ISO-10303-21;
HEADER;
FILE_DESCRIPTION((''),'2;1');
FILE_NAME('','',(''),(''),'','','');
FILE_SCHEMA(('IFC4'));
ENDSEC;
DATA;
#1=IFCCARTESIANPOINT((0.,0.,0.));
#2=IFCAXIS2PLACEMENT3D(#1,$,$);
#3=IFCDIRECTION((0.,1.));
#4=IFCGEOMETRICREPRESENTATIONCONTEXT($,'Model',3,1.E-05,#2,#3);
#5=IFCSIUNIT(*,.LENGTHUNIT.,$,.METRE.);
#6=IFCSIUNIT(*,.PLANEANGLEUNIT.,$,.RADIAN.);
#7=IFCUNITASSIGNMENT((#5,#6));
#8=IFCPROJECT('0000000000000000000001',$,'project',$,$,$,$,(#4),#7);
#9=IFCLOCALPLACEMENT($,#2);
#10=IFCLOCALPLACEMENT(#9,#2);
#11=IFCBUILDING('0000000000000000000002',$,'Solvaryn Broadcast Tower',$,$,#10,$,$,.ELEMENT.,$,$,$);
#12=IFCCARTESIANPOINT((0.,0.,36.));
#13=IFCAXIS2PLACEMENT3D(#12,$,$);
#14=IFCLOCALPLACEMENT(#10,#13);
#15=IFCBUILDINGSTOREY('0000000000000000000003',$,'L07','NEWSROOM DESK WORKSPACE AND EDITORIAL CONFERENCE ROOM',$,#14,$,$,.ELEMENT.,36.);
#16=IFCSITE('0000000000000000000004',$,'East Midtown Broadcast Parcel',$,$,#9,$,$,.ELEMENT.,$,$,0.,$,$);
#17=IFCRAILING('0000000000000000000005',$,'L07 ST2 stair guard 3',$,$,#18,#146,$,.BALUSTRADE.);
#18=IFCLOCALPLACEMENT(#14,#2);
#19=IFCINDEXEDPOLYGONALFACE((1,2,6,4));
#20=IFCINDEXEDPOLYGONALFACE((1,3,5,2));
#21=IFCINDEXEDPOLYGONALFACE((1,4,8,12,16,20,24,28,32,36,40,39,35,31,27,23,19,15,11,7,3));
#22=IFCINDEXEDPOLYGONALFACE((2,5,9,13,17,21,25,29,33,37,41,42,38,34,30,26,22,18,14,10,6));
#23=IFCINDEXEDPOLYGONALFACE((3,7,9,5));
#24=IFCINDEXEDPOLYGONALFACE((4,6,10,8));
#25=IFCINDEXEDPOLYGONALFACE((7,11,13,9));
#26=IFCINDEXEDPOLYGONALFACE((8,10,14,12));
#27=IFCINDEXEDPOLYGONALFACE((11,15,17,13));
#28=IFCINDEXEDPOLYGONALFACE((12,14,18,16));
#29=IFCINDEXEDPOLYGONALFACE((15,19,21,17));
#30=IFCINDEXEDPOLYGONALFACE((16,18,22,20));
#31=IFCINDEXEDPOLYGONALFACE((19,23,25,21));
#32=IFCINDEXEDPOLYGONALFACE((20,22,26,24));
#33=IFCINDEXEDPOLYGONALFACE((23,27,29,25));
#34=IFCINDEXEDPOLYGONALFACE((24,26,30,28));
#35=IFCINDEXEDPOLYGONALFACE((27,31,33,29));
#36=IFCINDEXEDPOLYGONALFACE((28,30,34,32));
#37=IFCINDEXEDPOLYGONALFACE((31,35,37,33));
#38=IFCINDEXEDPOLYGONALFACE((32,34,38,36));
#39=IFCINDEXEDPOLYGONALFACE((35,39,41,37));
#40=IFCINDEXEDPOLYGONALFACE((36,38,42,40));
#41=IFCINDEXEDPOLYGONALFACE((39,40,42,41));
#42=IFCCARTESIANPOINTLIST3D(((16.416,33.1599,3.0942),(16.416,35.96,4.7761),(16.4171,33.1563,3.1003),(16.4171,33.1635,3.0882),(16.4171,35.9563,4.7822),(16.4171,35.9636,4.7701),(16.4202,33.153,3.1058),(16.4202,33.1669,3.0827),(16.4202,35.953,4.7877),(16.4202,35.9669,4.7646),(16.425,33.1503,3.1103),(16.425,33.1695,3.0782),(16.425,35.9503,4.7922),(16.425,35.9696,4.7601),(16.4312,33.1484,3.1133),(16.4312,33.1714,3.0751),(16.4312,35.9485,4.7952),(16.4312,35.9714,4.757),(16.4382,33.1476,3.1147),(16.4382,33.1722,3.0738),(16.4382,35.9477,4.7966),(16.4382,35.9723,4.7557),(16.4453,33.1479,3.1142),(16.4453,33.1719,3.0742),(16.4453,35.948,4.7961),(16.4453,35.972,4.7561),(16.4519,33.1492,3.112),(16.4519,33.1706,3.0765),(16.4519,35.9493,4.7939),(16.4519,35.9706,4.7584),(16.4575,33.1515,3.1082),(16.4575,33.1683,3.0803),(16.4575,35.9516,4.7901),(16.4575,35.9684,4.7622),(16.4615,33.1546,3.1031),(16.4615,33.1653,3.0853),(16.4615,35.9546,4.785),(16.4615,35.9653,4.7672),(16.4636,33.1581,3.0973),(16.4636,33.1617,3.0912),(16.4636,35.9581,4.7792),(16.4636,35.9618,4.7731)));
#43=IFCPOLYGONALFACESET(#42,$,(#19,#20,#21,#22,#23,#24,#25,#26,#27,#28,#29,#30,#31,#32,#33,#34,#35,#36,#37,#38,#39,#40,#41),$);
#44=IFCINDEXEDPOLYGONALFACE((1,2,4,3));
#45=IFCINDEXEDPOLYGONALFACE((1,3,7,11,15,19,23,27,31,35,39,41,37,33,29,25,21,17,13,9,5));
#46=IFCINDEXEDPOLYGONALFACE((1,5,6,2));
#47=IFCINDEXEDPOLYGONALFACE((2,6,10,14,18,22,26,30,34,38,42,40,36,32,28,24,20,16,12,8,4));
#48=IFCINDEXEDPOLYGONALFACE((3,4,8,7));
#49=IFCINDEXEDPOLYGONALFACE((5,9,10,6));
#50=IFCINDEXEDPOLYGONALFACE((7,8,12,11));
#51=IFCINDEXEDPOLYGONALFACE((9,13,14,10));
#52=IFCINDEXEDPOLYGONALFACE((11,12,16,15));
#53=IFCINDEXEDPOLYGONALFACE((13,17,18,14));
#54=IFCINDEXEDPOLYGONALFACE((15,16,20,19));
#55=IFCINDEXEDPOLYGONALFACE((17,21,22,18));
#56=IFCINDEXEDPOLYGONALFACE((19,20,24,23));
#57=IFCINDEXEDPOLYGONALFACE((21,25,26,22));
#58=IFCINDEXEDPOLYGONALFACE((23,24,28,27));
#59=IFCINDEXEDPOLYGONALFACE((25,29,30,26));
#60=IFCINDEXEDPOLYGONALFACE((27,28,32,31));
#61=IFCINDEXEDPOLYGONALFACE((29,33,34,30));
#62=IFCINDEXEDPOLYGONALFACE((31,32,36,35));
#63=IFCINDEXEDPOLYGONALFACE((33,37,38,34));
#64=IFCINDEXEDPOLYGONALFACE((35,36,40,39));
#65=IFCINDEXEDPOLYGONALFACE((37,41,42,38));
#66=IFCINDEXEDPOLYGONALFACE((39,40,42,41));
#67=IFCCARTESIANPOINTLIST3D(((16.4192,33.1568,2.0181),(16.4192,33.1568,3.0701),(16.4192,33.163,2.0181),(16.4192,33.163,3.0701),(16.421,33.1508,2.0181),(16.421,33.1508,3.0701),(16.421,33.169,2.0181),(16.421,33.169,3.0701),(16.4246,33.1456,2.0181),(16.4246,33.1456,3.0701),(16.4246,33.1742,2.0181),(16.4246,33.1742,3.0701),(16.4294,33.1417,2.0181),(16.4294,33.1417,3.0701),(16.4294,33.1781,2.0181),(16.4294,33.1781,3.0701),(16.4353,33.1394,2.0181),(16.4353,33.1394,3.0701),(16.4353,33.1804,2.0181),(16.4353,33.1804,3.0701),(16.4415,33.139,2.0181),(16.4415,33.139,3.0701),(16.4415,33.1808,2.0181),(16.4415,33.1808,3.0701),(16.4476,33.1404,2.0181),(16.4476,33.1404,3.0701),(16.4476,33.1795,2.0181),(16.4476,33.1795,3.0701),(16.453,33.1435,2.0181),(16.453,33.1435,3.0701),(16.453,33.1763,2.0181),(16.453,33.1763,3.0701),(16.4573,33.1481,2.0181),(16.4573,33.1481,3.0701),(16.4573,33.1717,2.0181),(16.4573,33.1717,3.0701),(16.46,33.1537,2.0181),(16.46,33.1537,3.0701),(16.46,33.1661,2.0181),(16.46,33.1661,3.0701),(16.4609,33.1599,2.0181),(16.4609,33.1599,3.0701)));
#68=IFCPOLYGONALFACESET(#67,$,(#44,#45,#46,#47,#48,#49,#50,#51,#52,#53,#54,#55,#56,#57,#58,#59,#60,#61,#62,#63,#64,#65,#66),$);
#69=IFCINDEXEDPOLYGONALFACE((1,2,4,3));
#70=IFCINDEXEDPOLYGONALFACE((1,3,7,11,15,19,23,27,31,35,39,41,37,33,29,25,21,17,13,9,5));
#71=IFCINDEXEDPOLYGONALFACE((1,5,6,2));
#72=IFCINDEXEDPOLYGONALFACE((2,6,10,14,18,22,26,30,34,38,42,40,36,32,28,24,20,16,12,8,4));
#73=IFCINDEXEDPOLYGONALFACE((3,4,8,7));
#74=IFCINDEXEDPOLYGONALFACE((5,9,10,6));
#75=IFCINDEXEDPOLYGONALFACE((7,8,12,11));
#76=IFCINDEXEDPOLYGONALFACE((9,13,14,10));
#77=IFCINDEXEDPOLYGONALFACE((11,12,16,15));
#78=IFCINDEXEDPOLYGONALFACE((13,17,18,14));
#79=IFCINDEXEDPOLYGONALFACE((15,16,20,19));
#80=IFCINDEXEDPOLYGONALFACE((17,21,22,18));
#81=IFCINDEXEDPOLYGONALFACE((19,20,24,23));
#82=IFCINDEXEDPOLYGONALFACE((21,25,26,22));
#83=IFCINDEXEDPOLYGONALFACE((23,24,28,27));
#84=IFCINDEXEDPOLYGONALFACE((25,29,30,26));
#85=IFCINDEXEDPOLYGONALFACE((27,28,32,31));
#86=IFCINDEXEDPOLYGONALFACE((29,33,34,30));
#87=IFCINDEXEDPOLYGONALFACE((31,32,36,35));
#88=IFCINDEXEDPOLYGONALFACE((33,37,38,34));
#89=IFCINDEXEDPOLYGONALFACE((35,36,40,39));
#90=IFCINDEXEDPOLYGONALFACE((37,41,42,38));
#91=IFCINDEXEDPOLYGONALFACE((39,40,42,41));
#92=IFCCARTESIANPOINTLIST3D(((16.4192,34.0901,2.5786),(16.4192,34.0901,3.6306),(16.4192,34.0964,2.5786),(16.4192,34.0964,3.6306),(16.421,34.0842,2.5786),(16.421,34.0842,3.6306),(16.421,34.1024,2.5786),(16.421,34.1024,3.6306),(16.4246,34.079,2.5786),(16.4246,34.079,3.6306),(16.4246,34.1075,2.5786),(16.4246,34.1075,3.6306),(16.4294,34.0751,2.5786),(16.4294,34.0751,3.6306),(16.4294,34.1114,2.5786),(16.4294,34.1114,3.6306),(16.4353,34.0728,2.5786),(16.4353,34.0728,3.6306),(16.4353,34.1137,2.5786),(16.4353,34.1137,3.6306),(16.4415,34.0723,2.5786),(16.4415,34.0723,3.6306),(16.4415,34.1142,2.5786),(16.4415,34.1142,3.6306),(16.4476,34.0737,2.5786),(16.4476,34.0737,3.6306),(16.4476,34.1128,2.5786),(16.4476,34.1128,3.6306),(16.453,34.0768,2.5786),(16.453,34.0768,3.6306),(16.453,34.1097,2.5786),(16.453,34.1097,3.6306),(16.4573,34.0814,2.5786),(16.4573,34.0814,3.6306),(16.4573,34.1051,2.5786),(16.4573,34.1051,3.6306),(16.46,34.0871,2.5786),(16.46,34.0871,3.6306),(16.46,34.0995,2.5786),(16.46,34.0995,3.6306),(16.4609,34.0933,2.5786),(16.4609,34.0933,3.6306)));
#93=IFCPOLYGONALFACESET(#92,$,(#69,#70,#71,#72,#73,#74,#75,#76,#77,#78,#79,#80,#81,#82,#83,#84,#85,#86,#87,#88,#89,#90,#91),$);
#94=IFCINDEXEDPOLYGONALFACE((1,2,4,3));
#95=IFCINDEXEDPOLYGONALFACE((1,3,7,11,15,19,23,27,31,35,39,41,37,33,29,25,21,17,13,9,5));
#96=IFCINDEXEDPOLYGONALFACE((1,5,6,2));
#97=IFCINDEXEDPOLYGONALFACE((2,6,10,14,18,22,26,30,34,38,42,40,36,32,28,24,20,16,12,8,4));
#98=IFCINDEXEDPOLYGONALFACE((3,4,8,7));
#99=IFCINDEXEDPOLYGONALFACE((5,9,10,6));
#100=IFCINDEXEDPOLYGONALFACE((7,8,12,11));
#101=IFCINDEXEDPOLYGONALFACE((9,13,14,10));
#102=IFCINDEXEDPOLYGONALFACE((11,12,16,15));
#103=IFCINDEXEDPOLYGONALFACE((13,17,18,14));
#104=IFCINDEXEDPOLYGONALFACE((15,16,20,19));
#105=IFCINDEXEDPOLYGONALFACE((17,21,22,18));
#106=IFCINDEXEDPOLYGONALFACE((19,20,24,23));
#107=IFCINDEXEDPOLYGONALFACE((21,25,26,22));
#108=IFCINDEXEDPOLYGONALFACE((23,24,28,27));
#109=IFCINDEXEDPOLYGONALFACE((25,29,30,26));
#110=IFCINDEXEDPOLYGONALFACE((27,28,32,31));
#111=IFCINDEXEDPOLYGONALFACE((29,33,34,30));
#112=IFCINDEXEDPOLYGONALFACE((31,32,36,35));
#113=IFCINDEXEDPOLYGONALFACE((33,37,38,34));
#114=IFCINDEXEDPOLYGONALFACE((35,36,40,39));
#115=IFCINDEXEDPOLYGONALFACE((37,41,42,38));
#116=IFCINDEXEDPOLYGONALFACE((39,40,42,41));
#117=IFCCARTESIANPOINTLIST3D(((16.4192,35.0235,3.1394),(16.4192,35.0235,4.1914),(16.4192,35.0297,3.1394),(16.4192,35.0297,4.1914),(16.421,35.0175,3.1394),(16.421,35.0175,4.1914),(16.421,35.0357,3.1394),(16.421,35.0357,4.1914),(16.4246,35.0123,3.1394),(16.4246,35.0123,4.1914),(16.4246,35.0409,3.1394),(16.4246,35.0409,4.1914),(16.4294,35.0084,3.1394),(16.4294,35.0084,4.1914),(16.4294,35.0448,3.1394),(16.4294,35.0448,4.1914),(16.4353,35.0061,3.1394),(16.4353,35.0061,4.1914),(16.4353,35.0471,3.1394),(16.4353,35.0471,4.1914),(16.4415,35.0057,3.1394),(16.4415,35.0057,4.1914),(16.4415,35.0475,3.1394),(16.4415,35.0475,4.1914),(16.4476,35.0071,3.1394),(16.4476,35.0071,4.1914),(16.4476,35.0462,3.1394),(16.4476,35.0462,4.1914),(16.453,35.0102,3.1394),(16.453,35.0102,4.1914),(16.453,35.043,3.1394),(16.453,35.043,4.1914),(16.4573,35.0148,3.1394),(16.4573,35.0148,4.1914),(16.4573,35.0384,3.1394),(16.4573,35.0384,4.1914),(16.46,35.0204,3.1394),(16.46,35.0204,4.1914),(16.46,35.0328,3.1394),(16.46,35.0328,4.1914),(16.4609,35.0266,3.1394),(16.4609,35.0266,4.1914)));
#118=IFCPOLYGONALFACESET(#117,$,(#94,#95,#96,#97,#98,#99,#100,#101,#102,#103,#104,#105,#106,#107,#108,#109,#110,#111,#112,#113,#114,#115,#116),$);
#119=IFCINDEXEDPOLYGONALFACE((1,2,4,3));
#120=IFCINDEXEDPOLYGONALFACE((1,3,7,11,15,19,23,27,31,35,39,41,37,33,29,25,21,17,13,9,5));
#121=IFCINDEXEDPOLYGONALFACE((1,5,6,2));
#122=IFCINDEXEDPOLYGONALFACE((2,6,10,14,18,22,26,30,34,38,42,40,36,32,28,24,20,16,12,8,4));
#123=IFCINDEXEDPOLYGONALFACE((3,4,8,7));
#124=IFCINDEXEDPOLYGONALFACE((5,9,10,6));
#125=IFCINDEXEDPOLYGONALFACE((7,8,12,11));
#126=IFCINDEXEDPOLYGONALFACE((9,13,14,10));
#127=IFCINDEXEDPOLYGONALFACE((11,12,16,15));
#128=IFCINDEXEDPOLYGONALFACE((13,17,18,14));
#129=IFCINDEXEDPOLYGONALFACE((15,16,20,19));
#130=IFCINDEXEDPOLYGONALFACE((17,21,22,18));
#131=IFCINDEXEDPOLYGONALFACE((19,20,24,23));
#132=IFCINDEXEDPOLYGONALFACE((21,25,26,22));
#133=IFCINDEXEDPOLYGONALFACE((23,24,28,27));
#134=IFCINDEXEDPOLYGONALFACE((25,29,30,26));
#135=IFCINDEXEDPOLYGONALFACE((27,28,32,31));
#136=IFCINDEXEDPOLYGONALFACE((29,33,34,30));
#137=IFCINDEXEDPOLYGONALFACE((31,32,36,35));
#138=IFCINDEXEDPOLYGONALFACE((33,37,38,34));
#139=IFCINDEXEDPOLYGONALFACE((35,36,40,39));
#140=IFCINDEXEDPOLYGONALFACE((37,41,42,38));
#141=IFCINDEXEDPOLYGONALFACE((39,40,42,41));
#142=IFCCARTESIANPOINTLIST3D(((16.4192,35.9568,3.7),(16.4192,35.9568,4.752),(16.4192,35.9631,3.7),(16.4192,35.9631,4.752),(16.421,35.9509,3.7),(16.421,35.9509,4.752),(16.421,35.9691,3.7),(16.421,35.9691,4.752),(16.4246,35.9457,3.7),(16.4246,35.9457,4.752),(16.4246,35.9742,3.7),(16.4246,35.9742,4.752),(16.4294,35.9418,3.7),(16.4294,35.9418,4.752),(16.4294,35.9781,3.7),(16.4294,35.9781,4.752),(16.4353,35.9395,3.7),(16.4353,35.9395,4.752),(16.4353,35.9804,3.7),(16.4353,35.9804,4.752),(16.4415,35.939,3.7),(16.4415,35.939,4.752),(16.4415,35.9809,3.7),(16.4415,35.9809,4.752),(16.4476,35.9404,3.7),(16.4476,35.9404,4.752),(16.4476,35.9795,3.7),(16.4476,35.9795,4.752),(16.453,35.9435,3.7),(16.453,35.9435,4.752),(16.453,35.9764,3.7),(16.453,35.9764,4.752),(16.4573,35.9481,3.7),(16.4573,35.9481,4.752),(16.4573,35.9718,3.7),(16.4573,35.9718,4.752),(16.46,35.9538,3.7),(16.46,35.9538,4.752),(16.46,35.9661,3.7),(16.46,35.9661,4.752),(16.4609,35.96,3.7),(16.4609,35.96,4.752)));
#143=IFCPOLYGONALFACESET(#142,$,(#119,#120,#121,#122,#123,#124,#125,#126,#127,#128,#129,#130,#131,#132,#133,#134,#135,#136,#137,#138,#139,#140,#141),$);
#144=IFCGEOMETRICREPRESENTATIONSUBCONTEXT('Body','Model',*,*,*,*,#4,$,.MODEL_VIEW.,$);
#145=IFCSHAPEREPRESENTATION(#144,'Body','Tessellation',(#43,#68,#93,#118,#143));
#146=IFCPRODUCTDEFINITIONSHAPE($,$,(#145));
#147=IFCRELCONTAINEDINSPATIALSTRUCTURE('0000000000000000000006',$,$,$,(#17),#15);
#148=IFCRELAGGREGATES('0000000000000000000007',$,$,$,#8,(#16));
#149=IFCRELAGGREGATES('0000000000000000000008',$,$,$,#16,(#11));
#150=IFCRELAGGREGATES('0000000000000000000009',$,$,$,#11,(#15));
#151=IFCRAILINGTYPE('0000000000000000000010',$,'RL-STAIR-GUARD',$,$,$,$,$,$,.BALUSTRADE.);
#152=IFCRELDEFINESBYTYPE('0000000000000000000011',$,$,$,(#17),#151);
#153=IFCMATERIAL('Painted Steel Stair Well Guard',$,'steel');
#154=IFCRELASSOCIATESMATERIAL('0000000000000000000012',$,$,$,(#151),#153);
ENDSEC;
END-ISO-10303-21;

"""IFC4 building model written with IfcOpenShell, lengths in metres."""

from ifc_helpers import new_model, si_unit, direction, frame, origin, origin_2d, place, context, subcontext, project, spatial, circle, extrude, material, type_object, element, save


model = new_model("IFC4")

# Units and contexts
model_context = context("Model", 3, precision=1e-05, world=origin(), true_north=direction((0.0, 1.0)))
body_context = subcontext(model_context, "Body", "Model", "MODEL_VIEW")
ifc_project = project(units=[si_unit("LENGTHUNIT", "METRE"), si_unit("PLANEANGLEUNIT", "RADIAN")], contexts=[model_context])

# Site, building, storey
site_placement = place(None, origin())
site = spatial("IfcSite", under=ifc_project, at=site_placement, Name="East Midtown Broadcast Parcel", CompositionType="ELEMENT", RefElevation=0.0)
building_placement = place(site_placement, origin())
building = spatial("IfcBuilding", under=site, at=building_placement, Name="Solvaryn Broadcast Tower", CompositionType="ELEMENT")
storey_placement = place(building_placement, frame((0.0, 0.0, 36.0)))
storey = spatial("IfcBuildingStorey", under=building, at=storey_placement, Name="L07", Description="NEWSROOM DESK WORKSPACE AND EDITORIAL CONFERENCE ROOM", CompositionType="ELEMENT", Elevation=36.0)

# Railing
ifc_material_1 = material(Name="Painted Steel Stair Well Guard", Category="steel")
railing_type_1 = type_object("IfcRailingType", Name="RL-STAIR-GUARD", PredefinedType="BALUSTRADE", material=ifc_material_1)
railing_1_placement = place(storey_placement, frame((16.4399, 33.1599, 2.0181)))
element("IfcRailing", 1, at=railing_1_placement, inside=storey, type_object=railing_type_1, Name="L07 ST2 stair guard 3", PredefinedType="BALUSTRADE", context=body_context, shape_type="SweptSolid", body=[
    extrude(circle(Radius=0.0239, at=origin_2d()), frame((0.0, 0.0, 1.0762), z_axis=(0.0, 0.857242, 0.514913), x_axis=(-1.0, 0.0, 0.0)), (0.0, 0.0, 1.0), 3.2664),
    extrude(circle(Radius=0.021, at=origin_2d()), origin(), (0.0, 0.0, 1.0), 1.052),
    extrude(circle(Radius=0.021, at=origin_2d()), frame((0.0, 0.9333, 0.5605)), (0.0, 0.0, 1.0), 1.052),
    extrude(circle(Radius=0.021, at=origin_2d()), frame((0.0, 1.8667, 1.1213)), (0.0, 0.0, 1.0), 1.052),
    extrude(circle(Radius=0.021, at=origin_2d()), frame((0.0, 2.8, 1.6819)), (0.0, 0.0, 1.0), 1.052),
])

save(model, "model.ifc")
